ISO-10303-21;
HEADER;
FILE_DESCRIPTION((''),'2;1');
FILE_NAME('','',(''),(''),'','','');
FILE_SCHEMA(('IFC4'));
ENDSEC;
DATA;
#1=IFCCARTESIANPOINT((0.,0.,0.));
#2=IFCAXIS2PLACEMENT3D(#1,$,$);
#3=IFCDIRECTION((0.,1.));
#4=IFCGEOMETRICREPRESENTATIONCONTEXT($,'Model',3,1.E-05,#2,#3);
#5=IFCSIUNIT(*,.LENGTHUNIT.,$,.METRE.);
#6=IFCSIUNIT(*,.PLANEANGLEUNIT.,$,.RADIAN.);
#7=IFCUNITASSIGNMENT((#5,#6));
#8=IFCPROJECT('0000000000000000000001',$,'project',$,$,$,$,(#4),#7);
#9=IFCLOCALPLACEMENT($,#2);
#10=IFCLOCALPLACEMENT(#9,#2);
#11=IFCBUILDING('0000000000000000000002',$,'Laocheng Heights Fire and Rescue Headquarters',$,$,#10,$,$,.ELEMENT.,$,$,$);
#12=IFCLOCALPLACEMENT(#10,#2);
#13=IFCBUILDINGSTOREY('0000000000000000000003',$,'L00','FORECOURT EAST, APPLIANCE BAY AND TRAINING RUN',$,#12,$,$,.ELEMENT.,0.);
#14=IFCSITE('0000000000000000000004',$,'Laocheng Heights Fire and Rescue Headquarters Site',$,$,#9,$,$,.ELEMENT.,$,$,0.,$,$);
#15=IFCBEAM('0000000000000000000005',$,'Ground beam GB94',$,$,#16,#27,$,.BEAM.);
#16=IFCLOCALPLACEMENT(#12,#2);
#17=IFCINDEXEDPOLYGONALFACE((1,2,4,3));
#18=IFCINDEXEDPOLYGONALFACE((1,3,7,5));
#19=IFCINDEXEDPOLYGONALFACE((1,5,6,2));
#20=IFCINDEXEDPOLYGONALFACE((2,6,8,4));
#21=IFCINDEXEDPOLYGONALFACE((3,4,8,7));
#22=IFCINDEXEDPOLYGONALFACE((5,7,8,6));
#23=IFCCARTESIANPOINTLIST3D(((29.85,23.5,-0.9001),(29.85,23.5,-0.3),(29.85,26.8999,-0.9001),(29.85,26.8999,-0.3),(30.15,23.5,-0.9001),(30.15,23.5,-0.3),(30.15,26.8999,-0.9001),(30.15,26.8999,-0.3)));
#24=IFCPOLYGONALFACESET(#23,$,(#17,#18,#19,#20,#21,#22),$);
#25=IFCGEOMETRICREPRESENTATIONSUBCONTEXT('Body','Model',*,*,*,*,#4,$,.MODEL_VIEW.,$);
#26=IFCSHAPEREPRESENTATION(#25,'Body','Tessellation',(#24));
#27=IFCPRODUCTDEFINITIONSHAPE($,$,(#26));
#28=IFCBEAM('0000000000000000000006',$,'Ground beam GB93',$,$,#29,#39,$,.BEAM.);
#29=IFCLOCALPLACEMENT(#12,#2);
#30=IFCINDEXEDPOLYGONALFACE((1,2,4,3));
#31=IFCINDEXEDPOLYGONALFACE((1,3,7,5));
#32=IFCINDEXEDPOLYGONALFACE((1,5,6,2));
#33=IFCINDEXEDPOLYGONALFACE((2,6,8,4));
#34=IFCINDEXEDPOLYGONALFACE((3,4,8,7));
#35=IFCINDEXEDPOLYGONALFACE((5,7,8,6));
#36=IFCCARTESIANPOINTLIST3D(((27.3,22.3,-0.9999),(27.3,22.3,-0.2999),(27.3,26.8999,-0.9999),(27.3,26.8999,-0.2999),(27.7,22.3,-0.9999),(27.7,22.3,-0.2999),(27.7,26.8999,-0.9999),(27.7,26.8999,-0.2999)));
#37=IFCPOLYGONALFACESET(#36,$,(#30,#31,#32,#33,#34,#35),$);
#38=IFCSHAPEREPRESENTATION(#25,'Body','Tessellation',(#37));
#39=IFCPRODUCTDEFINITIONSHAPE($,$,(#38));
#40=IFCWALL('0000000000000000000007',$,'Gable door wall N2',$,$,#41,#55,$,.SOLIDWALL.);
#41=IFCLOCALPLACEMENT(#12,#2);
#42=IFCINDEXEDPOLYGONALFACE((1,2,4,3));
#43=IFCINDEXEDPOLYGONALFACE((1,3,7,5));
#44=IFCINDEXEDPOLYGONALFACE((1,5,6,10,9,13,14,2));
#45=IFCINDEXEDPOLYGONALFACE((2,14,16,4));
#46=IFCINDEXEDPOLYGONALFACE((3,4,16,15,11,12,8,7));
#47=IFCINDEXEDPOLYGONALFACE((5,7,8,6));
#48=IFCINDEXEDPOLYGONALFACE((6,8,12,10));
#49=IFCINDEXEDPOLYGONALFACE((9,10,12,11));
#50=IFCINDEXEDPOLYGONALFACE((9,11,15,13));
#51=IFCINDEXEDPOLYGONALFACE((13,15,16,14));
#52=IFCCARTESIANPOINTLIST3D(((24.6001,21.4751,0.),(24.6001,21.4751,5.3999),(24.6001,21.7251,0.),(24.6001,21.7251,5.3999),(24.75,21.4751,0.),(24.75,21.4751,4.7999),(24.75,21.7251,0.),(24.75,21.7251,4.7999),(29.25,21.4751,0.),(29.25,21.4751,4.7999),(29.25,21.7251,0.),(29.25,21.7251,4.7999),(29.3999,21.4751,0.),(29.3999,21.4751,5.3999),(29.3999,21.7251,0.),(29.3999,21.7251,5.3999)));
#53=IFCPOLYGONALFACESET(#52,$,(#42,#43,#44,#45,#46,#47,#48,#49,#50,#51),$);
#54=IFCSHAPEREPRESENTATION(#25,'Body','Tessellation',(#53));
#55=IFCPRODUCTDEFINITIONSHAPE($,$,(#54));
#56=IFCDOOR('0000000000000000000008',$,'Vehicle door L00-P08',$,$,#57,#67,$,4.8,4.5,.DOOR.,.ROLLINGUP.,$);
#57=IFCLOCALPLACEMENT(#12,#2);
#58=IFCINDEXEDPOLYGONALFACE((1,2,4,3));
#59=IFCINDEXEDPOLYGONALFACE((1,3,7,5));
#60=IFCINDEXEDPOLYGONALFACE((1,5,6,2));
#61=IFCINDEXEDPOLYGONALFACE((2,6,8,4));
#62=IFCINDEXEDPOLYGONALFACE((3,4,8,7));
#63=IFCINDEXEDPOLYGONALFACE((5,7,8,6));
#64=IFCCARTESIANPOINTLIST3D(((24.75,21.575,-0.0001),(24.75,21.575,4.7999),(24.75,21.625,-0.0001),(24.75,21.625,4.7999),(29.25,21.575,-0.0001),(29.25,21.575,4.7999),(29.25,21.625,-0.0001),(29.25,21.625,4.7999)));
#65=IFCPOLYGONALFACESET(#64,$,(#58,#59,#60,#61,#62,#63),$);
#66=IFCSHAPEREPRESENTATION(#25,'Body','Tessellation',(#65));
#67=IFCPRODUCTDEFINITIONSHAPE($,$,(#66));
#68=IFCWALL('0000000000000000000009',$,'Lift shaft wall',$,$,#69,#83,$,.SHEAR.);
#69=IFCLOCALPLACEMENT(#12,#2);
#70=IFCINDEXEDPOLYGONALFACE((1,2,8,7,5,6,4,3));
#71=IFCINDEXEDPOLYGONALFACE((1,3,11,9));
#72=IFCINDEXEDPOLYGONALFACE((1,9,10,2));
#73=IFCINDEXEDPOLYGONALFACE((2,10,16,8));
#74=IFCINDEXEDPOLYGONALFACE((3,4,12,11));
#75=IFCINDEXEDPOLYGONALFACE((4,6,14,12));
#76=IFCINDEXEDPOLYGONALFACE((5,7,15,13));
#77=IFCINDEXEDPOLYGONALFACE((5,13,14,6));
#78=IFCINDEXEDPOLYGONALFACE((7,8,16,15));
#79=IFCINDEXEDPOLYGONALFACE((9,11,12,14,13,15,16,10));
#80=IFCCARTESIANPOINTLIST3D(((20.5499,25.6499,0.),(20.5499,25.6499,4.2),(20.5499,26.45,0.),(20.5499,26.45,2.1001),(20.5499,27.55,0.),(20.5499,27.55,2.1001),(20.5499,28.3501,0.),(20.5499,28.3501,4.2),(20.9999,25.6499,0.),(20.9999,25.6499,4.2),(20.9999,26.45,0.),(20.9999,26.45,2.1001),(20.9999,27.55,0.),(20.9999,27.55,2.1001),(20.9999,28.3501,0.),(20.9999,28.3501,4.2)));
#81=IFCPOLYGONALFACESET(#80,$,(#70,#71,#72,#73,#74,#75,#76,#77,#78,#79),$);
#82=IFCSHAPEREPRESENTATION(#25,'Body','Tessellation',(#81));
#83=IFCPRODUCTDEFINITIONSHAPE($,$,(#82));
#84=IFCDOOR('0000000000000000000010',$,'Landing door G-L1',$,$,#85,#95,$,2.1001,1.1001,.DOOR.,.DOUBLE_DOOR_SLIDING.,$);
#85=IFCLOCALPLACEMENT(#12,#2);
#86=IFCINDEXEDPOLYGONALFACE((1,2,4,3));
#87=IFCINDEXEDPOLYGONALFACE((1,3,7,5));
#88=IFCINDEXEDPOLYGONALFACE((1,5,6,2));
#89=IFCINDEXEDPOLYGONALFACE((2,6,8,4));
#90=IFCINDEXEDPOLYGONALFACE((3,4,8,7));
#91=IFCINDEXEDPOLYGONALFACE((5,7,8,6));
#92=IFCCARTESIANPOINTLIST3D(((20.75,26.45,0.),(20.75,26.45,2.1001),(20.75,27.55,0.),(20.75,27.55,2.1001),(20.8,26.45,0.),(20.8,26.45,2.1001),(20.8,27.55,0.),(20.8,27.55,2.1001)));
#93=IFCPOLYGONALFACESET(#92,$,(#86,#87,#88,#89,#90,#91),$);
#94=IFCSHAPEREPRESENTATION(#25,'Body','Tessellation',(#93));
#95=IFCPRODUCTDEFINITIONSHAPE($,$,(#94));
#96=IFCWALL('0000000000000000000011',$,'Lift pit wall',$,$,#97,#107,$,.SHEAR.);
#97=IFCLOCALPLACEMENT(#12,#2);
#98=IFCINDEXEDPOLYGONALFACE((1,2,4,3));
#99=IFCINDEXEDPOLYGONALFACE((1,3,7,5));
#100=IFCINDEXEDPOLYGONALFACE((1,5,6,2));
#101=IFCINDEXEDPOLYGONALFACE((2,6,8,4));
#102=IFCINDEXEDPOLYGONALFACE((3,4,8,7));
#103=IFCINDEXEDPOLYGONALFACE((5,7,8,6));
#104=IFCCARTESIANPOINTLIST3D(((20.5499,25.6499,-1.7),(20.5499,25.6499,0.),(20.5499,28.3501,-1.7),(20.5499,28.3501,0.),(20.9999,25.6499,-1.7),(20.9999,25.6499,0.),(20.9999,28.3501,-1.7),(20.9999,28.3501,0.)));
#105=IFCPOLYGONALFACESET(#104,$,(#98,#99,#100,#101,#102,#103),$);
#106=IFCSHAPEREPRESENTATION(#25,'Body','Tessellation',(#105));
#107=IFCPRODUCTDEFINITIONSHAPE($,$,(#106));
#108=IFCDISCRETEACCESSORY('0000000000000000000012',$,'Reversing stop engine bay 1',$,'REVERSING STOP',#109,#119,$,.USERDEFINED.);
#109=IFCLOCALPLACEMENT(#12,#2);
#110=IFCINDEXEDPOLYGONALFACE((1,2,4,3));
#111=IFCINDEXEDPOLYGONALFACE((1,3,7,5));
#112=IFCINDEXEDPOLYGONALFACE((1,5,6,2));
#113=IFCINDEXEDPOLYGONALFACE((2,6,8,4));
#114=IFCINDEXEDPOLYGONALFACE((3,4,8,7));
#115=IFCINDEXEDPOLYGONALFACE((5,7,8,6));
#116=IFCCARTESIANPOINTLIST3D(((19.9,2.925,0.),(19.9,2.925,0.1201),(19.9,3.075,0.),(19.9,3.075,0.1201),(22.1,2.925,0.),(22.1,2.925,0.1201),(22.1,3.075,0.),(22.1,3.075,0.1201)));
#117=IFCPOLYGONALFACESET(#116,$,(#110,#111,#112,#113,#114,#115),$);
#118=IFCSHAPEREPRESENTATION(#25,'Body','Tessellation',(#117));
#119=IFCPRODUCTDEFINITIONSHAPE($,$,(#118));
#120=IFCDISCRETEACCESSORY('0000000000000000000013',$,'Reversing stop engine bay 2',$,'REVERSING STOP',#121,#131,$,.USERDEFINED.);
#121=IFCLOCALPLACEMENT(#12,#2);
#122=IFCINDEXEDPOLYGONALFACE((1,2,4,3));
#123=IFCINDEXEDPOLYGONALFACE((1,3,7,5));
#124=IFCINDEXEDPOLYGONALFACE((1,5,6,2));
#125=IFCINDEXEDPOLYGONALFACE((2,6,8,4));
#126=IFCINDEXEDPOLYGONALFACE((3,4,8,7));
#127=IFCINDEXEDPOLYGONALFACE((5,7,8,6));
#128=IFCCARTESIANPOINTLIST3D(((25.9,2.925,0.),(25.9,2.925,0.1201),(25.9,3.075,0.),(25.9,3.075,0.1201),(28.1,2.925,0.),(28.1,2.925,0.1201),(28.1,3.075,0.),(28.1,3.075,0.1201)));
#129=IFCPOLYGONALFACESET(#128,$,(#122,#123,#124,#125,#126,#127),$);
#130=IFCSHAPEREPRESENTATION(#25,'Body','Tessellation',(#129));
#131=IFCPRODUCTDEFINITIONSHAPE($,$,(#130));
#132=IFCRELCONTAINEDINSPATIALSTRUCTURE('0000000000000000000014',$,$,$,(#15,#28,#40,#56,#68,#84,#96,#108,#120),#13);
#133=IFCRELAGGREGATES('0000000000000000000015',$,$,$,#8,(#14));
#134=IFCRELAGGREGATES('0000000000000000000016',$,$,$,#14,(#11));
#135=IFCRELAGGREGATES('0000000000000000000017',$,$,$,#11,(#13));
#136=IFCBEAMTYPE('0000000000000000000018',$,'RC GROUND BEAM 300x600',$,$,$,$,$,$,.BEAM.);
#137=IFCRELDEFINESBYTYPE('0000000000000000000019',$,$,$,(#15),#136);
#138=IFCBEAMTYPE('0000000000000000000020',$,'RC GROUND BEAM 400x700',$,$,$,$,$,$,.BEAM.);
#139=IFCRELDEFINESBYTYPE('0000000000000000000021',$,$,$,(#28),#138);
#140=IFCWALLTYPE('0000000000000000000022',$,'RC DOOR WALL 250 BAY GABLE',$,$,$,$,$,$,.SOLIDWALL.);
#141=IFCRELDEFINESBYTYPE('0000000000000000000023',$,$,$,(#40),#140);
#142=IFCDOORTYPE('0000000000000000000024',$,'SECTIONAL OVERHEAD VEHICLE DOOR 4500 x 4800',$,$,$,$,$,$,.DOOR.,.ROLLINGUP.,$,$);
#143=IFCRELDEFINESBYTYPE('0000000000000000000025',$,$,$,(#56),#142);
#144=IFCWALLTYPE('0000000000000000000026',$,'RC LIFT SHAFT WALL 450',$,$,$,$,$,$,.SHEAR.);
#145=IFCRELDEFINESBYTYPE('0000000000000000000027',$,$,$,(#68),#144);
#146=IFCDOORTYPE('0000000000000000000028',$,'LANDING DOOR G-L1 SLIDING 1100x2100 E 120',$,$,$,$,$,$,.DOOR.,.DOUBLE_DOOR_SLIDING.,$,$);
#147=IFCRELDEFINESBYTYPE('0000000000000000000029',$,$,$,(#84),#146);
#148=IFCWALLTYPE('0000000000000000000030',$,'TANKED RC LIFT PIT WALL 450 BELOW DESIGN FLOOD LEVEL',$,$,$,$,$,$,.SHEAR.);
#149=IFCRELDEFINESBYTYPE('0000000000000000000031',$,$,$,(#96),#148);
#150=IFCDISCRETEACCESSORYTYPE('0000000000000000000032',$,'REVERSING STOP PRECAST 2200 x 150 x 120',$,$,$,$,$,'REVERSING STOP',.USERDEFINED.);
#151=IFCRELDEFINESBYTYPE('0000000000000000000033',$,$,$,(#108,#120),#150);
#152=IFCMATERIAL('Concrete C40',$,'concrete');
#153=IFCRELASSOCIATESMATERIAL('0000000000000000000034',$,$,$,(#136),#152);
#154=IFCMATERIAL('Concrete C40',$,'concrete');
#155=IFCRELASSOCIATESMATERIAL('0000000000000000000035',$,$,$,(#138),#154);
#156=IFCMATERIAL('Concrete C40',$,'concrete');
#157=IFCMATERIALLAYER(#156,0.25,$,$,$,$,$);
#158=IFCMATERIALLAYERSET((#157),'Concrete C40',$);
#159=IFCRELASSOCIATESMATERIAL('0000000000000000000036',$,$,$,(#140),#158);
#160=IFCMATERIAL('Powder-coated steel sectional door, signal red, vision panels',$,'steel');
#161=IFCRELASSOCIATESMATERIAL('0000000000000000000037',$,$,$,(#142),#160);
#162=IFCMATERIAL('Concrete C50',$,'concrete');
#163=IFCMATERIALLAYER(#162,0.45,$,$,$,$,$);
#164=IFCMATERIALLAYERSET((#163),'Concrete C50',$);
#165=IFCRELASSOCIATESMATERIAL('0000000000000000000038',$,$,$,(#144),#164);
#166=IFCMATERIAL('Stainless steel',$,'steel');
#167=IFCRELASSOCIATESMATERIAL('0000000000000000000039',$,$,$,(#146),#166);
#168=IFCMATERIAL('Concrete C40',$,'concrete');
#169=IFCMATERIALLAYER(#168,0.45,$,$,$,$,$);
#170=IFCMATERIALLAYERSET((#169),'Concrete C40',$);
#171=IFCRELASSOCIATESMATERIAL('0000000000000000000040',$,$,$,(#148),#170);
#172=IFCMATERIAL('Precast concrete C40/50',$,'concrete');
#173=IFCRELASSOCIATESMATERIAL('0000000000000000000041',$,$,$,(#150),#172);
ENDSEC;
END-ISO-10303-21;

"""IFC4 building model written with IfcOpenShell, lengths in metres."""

from ifc_helpers import new_model, si_unit, direction, frame, frame_2d, origin, origin_2d, place, context, subcontext, project, spatial, rectangle, extrude, material, layer, layer_set, material_profile, profile_set, type_object, element, fill, save


model = new_model("IFC4")

# Units and contexts
model_context = context("Model", 3, precision=1e-05, world=origin(), true_north=direction((0.0, 1.0)))
body_context = subcontext(model_context, "Body", "Model", "MODEL_VIEW")
ifc_project = project(units=[si_unit("LENGTHUNIT", "METRE"), si_unit("PLANEANGLEUNIT", "RADIAN")], contexts=[model_context])

# Site, building, storey
site_placement = place(None, origin())
site = spatial("IfcSite", under=ifc_project, at=site_placement, Name="Laocheng Heights Fire and Rescue Headquarters Site", CompositionType="ELEMENT", RefElevation=0.0)
building_placement = place(site_placement, origin())
building = spatial("IfcBuilding", under=site, at=building_placement, Name="Laocheng Heights Fire and Rescue Headquarters", CompositionType="ELEMENT")
storey_placement = place(building_placement, origin())
storey = spatial("IfcBuildingStorey", under=building, at=storey_placement, Name="L00", Description="FORECOURT EAST, APPLIANCE BAY AND TRAINING RUN", CompositionType="ELEMENT", Elevation=0.0)

# Beams
ifc_material_1 = material(Name="Concrete C40", Category="concrete")
ifc_material_profile_1 = material_profile(ifc_material_1, rectangle(XDim=0.3, YDim=0.6001, at=origin_2d()), Name="RC GROUND BEAM 300x600")
ifc_profile_set_1 = profile_set([ifc_material_profile_1], Name="Concrete C40")
beam_type_1 = type_object("IfcBeamType", Name="RC GROUND BEAM 300x600", PredefinedType="BEAM", material=ifc_profile_set_1)
beam_1_placement = place(storey_placement, frame((30.0, 23.5, -0.6001), z_axis=(0.0, 1.0, 0.0), x_axis=(-1.0, 0.0, 0.0)))
element("IfcBeam", 1, at=beam_1_placement, inside=storey, type_object=beam_type_1, Name="Ground beam GB94", PredefinedType="BEAM", context=body_context, shape_type="SweptSolid", body=[
    extrude(rectangle(XDim=0.3, YDim=0.6001, at=origin_2d()), origin(), (0.0, 0.0, 1.0), 3.3999),
])
ifc_material_2 = material(Name="Concrete C40", Category="concrete")
ifc_material_profile_2 = material_profile(ifc_material_2, rectangle(XDim=0.3999, YDim=0.7, at=origin_2d()), Name="RC GROUND BEAM 400x700")
ifc_profile_set_2 = profile_set([ifc_material_profile_2], Name="Concrete C40")
beam_type_2 = type_object("IfcBeamType", Name="RC GROUND BEAM 400x700", PredefinedType="BEAM", material=ifc_profile_set_2)
beam_2_placement = place(storey_placement, frame((27.5, 22.3, -0.6499), z_axis=(0.0, 1.0, 0.0), x_axis=(-1.0, 0.0, 0.0)))
element("IfcBeam", 2, at=beam_2_placement, inside=storey, type_object=beam_type_2, Name="Ground beam GB93", PredefinedType="BEAM", context=body_context, shape_type="SweptSolid", body=[
    extrude(rectangle(XDim=0.3999, YDim=0.7, at=origin_2d()), origin(), (0.0, 0.0, 1.0), 4.5999),
])

# Walls, openings, doors
ifc_material_3 = material(Name="Concrete C40", Category="concrete")
ifc_layer_1 = layer(ifc_material_3, 0.25)
ifc_layer_set_1 = layer_set([ifc_layer_1], Name="Concrete C40")
wall_type_1 = type_object("IfcWallType", Name="RC DOOR WALL 250 BAY GABLE", PredefinedType="SOLIDWALL", material=ifc_layer_set_1)
wall_1_placement = place(storey_placement, frame((24.6001, 21.6001, 0.0), z_axis=(0.0, 0.0, 1.0), x_axis=(1.0, 0.0, 0.0)))
wall_1 = element("IfcWall", 3, at=wall_1_placement, inside=storey, type_object=wall_type_1, Name="Gable door wall N2", PredefinedType="SOLIDWALL", context=body_context, shape_type="SweptSolid", body=[
    extrude(rectangle(XDim=4.7998, YDim=0.25, at=frame_2d((2.3999, 0.0))), origin(), (0.0, 0.0, 1.0), 5.3999),
])
opening_1_placement = place(wall_1_placement, frame((0.1499, 0.0, 0.0)))
opening_1 = element("IfcOpeningElement", 4, at=opening_1_placement, cuts=wall_1, PredefinedType="OPENING", context=body_context, shape_type="SweptSolid", body=[
    extrude(rectangle(XDim=4.5, YDim=4.8, at=frame_2d((2.25, 2.3999))), frame((0.0, 0.135, 0.0), z_axis=(0.0, -1.0, 0.0), x_axis=(1.0, 0.0, 0.0)), (0.0, 0.0, 1.0), 0.27),
])
ifc_material_4 = material(Name="Powder-coated steel sectional door, signal red, vision panels", Category="steel")
door_type_1 = type_object("IfcDoorType", Name="SECTIONAL OVERHEAD VEHICLE DOOR 4500 x 4800", OperationType="ROLLINGUP", PredefinedType="DOOR", material=ifc_material_4)
door_1_placement = place(opening_1_placement, origin())
door_1 = element("IfcDoor", 5, at=door_1_placement, inside=storey, type_object=door_type_1, Name="Vehicle door L00-P08", OperationType="ROLLINGUP", OverallHeight=4.8, OverallWidth=4.5, PredefinedType="DOOR", context=body_context, shape_type="SweptSolid", body=[
    extrude(rectangle(XDim=4.5, YDim=4.8, at=frame_2d((2.25, 2.3999))), frame((0.0, 0.0249, 0.0), z_axis=(0.0, -1.0, 0.0), x_axis=(1.0, 0.0, 0.0)), (0.0, 0.0, 1.0), 0.05),
])
fill(opening_1, door_1)
ifc_material_5 = material(Name="Concrete C50", Category="concrete")
ifc_layer_2 = layer(ifc_material_5, 0.45)
ifc_layer_set_2 = layer_set([ifc_layer_2], Name="Concrete C50")
wall_type_2 = type_object("IfcWallType", Name="RC LIFT SHAFT WALL 450", PredefinedType="SHEAR", material=ifc_layer_set_2)
wall_2_placement = place(storey_placement, frame((20.7749, 25.6499, 0.0), z_axis=(0.0, 0.0, 1.0), x_axis=(0.0, 1.0, 0.0)))
wall_2 = element("IfcWall", 6, at=wall_2_placement, inside=storey, type_object=wall_type_2, Name="Lift shaft wall", PredefinedType="SHEAR", context=body_context, shape_type="SweptSolid", body=[
    extrude(rectangle(XDim=2.7002, YDim=0.45, at=frame_2d((1.3501, 0.0))), origin(), (0.0, 0.0, 1.0), 4.2),
])
opening_2_placement = place(wall_2_placement, frame((0.8, 0.0, 0.0)))
opening_2 = element("IfcOpeningElement", 7, at=opening_2_placement, cuts=wall_2, PredefinedType="OPENING", context=body_context, shape_type="SweptSolid", body=[
    extrude(rectangle(XDim=1.1001, YDim=2.1001, at=frame_2d((0.55, 1.05))), frame((0.0, 0.2349, 0.0), z_axis=(0.0, -1.0, 0.0), x_axis=(1.0, 0.0, 0.0)), (0.0, 0.0, 1.0), 0.47),
])
ifc_material_6 = material(Name="Stainless steel", Category="steel")
door_type_2 = type_object("IfcDoorType", Name="LANDING DOOR G-L1 SLIDING 1100x2100 E 120", OperationType="DOUBLE_DOOR_SLIDING", PredefinedType="DOOR", material=ifc_material_6)
door_2_placement = place(opening_2_placement, origin())
door_2 = element("IfcDoor", 8, at=door_2_placement, inside=storey, type_object=door_type_2, Name="Landing door G-L1", OperationType="DOUBLE_DOOR_SLIDING", OverallHeight=2.1001, OverallWidth=1.1001, PredefinedType="DOOR", context=body_context, shape_type="SweptSolid", body=[
    extrude(rectangle(XDim=1.1001, YDim=2.1001, at=frame_2d((0.55, 1.05))), frame((0.0, 0.0249, 0.0), z_axis=(0.0, -1.0, 0.0), x_axis=(1.0, 0.0, 0.0)), (0.0, 0.0, 1.0), 0.05),
])
fill(opening_2, door_2)

# Wall
ifc_material_7 = material(Name="Concrete C40", Category="concrete")
ifc_layer_3 = layer(ifc_material_7, 0.45)
ifc_layer_set_3 = layer_set([ifc_layer_3], Name="Concrete C40")
wall_type_3 = type_object("IfcWallType", Name="TANKED RC LIFT PIT WALL 450 BELOW DESIGN FLOOD LEVEL", PredefinedType="SHEAR", material=ifc_layer_set_3)
wall_3_placement = place(storey_placement, frame((20.7749, 25.6499, -1.7), z_axis=(0.0, 0.0, 1.0), x_axis=(0.0, 1.0, 0.0)))
element("IfcWall", 9, at=wall_3_placement, inside=storey, type_object=wall_type_3, Name="Lift pit wall", PredefinedType="SHEAR", context=body_context, shape_type="SweptSolid", body=[
    extrude(rectangle(XDim=2.7002, YDim=0.45, at=frame_2d((1.3501, 0.0))), origin(), (0.0, 0.0, 1.0), 1.7),
])

# Discrete accessories
ifc_material_8 = material(Name="Precast concrete C40/50", Category="concrete")
discrete_accessory_type = type_object("IfcDiscreteAccessoryType", Name="REVERSING STOP PRECAST 2200 x 150 x 120", ElementType="REVERSING STOP", PredefinedType="USERDEFINED", material=ifc_material_8)
for number, where, z_axis, x_axis, name in (
    (10, (21.0, 3.0, 0.0), (0.0, 0.0, 1.0), (1.0, 0.0, 0.0), "Reversing stop engine bay 1"),
    (11, (27.0, 3.0, 0.0), (0.0, 0.0, 1.0), (1.0, 0.0, 0.0), "Reversing stop engine bay 2"),
):
    element("IfcDiscreteAccessory", number, at=place(storey_placement, frame(where, z_axis=z_axis, x_axis=x_axis)), inside=storey, type_object=discrete_accessory_type, Name=name, ObjectType="REVERSING STOP", PredefinedType="USERDEFINED", context=body_context, shape_type="SweptSolid", body=[
        extrude(rectangle(XDim=2.2, YDim=0.1499, at=origin_2d()), origin(), (0.0, 0.0, 1.0), 0.1201),
    ])

save(model, "model.ifc")
